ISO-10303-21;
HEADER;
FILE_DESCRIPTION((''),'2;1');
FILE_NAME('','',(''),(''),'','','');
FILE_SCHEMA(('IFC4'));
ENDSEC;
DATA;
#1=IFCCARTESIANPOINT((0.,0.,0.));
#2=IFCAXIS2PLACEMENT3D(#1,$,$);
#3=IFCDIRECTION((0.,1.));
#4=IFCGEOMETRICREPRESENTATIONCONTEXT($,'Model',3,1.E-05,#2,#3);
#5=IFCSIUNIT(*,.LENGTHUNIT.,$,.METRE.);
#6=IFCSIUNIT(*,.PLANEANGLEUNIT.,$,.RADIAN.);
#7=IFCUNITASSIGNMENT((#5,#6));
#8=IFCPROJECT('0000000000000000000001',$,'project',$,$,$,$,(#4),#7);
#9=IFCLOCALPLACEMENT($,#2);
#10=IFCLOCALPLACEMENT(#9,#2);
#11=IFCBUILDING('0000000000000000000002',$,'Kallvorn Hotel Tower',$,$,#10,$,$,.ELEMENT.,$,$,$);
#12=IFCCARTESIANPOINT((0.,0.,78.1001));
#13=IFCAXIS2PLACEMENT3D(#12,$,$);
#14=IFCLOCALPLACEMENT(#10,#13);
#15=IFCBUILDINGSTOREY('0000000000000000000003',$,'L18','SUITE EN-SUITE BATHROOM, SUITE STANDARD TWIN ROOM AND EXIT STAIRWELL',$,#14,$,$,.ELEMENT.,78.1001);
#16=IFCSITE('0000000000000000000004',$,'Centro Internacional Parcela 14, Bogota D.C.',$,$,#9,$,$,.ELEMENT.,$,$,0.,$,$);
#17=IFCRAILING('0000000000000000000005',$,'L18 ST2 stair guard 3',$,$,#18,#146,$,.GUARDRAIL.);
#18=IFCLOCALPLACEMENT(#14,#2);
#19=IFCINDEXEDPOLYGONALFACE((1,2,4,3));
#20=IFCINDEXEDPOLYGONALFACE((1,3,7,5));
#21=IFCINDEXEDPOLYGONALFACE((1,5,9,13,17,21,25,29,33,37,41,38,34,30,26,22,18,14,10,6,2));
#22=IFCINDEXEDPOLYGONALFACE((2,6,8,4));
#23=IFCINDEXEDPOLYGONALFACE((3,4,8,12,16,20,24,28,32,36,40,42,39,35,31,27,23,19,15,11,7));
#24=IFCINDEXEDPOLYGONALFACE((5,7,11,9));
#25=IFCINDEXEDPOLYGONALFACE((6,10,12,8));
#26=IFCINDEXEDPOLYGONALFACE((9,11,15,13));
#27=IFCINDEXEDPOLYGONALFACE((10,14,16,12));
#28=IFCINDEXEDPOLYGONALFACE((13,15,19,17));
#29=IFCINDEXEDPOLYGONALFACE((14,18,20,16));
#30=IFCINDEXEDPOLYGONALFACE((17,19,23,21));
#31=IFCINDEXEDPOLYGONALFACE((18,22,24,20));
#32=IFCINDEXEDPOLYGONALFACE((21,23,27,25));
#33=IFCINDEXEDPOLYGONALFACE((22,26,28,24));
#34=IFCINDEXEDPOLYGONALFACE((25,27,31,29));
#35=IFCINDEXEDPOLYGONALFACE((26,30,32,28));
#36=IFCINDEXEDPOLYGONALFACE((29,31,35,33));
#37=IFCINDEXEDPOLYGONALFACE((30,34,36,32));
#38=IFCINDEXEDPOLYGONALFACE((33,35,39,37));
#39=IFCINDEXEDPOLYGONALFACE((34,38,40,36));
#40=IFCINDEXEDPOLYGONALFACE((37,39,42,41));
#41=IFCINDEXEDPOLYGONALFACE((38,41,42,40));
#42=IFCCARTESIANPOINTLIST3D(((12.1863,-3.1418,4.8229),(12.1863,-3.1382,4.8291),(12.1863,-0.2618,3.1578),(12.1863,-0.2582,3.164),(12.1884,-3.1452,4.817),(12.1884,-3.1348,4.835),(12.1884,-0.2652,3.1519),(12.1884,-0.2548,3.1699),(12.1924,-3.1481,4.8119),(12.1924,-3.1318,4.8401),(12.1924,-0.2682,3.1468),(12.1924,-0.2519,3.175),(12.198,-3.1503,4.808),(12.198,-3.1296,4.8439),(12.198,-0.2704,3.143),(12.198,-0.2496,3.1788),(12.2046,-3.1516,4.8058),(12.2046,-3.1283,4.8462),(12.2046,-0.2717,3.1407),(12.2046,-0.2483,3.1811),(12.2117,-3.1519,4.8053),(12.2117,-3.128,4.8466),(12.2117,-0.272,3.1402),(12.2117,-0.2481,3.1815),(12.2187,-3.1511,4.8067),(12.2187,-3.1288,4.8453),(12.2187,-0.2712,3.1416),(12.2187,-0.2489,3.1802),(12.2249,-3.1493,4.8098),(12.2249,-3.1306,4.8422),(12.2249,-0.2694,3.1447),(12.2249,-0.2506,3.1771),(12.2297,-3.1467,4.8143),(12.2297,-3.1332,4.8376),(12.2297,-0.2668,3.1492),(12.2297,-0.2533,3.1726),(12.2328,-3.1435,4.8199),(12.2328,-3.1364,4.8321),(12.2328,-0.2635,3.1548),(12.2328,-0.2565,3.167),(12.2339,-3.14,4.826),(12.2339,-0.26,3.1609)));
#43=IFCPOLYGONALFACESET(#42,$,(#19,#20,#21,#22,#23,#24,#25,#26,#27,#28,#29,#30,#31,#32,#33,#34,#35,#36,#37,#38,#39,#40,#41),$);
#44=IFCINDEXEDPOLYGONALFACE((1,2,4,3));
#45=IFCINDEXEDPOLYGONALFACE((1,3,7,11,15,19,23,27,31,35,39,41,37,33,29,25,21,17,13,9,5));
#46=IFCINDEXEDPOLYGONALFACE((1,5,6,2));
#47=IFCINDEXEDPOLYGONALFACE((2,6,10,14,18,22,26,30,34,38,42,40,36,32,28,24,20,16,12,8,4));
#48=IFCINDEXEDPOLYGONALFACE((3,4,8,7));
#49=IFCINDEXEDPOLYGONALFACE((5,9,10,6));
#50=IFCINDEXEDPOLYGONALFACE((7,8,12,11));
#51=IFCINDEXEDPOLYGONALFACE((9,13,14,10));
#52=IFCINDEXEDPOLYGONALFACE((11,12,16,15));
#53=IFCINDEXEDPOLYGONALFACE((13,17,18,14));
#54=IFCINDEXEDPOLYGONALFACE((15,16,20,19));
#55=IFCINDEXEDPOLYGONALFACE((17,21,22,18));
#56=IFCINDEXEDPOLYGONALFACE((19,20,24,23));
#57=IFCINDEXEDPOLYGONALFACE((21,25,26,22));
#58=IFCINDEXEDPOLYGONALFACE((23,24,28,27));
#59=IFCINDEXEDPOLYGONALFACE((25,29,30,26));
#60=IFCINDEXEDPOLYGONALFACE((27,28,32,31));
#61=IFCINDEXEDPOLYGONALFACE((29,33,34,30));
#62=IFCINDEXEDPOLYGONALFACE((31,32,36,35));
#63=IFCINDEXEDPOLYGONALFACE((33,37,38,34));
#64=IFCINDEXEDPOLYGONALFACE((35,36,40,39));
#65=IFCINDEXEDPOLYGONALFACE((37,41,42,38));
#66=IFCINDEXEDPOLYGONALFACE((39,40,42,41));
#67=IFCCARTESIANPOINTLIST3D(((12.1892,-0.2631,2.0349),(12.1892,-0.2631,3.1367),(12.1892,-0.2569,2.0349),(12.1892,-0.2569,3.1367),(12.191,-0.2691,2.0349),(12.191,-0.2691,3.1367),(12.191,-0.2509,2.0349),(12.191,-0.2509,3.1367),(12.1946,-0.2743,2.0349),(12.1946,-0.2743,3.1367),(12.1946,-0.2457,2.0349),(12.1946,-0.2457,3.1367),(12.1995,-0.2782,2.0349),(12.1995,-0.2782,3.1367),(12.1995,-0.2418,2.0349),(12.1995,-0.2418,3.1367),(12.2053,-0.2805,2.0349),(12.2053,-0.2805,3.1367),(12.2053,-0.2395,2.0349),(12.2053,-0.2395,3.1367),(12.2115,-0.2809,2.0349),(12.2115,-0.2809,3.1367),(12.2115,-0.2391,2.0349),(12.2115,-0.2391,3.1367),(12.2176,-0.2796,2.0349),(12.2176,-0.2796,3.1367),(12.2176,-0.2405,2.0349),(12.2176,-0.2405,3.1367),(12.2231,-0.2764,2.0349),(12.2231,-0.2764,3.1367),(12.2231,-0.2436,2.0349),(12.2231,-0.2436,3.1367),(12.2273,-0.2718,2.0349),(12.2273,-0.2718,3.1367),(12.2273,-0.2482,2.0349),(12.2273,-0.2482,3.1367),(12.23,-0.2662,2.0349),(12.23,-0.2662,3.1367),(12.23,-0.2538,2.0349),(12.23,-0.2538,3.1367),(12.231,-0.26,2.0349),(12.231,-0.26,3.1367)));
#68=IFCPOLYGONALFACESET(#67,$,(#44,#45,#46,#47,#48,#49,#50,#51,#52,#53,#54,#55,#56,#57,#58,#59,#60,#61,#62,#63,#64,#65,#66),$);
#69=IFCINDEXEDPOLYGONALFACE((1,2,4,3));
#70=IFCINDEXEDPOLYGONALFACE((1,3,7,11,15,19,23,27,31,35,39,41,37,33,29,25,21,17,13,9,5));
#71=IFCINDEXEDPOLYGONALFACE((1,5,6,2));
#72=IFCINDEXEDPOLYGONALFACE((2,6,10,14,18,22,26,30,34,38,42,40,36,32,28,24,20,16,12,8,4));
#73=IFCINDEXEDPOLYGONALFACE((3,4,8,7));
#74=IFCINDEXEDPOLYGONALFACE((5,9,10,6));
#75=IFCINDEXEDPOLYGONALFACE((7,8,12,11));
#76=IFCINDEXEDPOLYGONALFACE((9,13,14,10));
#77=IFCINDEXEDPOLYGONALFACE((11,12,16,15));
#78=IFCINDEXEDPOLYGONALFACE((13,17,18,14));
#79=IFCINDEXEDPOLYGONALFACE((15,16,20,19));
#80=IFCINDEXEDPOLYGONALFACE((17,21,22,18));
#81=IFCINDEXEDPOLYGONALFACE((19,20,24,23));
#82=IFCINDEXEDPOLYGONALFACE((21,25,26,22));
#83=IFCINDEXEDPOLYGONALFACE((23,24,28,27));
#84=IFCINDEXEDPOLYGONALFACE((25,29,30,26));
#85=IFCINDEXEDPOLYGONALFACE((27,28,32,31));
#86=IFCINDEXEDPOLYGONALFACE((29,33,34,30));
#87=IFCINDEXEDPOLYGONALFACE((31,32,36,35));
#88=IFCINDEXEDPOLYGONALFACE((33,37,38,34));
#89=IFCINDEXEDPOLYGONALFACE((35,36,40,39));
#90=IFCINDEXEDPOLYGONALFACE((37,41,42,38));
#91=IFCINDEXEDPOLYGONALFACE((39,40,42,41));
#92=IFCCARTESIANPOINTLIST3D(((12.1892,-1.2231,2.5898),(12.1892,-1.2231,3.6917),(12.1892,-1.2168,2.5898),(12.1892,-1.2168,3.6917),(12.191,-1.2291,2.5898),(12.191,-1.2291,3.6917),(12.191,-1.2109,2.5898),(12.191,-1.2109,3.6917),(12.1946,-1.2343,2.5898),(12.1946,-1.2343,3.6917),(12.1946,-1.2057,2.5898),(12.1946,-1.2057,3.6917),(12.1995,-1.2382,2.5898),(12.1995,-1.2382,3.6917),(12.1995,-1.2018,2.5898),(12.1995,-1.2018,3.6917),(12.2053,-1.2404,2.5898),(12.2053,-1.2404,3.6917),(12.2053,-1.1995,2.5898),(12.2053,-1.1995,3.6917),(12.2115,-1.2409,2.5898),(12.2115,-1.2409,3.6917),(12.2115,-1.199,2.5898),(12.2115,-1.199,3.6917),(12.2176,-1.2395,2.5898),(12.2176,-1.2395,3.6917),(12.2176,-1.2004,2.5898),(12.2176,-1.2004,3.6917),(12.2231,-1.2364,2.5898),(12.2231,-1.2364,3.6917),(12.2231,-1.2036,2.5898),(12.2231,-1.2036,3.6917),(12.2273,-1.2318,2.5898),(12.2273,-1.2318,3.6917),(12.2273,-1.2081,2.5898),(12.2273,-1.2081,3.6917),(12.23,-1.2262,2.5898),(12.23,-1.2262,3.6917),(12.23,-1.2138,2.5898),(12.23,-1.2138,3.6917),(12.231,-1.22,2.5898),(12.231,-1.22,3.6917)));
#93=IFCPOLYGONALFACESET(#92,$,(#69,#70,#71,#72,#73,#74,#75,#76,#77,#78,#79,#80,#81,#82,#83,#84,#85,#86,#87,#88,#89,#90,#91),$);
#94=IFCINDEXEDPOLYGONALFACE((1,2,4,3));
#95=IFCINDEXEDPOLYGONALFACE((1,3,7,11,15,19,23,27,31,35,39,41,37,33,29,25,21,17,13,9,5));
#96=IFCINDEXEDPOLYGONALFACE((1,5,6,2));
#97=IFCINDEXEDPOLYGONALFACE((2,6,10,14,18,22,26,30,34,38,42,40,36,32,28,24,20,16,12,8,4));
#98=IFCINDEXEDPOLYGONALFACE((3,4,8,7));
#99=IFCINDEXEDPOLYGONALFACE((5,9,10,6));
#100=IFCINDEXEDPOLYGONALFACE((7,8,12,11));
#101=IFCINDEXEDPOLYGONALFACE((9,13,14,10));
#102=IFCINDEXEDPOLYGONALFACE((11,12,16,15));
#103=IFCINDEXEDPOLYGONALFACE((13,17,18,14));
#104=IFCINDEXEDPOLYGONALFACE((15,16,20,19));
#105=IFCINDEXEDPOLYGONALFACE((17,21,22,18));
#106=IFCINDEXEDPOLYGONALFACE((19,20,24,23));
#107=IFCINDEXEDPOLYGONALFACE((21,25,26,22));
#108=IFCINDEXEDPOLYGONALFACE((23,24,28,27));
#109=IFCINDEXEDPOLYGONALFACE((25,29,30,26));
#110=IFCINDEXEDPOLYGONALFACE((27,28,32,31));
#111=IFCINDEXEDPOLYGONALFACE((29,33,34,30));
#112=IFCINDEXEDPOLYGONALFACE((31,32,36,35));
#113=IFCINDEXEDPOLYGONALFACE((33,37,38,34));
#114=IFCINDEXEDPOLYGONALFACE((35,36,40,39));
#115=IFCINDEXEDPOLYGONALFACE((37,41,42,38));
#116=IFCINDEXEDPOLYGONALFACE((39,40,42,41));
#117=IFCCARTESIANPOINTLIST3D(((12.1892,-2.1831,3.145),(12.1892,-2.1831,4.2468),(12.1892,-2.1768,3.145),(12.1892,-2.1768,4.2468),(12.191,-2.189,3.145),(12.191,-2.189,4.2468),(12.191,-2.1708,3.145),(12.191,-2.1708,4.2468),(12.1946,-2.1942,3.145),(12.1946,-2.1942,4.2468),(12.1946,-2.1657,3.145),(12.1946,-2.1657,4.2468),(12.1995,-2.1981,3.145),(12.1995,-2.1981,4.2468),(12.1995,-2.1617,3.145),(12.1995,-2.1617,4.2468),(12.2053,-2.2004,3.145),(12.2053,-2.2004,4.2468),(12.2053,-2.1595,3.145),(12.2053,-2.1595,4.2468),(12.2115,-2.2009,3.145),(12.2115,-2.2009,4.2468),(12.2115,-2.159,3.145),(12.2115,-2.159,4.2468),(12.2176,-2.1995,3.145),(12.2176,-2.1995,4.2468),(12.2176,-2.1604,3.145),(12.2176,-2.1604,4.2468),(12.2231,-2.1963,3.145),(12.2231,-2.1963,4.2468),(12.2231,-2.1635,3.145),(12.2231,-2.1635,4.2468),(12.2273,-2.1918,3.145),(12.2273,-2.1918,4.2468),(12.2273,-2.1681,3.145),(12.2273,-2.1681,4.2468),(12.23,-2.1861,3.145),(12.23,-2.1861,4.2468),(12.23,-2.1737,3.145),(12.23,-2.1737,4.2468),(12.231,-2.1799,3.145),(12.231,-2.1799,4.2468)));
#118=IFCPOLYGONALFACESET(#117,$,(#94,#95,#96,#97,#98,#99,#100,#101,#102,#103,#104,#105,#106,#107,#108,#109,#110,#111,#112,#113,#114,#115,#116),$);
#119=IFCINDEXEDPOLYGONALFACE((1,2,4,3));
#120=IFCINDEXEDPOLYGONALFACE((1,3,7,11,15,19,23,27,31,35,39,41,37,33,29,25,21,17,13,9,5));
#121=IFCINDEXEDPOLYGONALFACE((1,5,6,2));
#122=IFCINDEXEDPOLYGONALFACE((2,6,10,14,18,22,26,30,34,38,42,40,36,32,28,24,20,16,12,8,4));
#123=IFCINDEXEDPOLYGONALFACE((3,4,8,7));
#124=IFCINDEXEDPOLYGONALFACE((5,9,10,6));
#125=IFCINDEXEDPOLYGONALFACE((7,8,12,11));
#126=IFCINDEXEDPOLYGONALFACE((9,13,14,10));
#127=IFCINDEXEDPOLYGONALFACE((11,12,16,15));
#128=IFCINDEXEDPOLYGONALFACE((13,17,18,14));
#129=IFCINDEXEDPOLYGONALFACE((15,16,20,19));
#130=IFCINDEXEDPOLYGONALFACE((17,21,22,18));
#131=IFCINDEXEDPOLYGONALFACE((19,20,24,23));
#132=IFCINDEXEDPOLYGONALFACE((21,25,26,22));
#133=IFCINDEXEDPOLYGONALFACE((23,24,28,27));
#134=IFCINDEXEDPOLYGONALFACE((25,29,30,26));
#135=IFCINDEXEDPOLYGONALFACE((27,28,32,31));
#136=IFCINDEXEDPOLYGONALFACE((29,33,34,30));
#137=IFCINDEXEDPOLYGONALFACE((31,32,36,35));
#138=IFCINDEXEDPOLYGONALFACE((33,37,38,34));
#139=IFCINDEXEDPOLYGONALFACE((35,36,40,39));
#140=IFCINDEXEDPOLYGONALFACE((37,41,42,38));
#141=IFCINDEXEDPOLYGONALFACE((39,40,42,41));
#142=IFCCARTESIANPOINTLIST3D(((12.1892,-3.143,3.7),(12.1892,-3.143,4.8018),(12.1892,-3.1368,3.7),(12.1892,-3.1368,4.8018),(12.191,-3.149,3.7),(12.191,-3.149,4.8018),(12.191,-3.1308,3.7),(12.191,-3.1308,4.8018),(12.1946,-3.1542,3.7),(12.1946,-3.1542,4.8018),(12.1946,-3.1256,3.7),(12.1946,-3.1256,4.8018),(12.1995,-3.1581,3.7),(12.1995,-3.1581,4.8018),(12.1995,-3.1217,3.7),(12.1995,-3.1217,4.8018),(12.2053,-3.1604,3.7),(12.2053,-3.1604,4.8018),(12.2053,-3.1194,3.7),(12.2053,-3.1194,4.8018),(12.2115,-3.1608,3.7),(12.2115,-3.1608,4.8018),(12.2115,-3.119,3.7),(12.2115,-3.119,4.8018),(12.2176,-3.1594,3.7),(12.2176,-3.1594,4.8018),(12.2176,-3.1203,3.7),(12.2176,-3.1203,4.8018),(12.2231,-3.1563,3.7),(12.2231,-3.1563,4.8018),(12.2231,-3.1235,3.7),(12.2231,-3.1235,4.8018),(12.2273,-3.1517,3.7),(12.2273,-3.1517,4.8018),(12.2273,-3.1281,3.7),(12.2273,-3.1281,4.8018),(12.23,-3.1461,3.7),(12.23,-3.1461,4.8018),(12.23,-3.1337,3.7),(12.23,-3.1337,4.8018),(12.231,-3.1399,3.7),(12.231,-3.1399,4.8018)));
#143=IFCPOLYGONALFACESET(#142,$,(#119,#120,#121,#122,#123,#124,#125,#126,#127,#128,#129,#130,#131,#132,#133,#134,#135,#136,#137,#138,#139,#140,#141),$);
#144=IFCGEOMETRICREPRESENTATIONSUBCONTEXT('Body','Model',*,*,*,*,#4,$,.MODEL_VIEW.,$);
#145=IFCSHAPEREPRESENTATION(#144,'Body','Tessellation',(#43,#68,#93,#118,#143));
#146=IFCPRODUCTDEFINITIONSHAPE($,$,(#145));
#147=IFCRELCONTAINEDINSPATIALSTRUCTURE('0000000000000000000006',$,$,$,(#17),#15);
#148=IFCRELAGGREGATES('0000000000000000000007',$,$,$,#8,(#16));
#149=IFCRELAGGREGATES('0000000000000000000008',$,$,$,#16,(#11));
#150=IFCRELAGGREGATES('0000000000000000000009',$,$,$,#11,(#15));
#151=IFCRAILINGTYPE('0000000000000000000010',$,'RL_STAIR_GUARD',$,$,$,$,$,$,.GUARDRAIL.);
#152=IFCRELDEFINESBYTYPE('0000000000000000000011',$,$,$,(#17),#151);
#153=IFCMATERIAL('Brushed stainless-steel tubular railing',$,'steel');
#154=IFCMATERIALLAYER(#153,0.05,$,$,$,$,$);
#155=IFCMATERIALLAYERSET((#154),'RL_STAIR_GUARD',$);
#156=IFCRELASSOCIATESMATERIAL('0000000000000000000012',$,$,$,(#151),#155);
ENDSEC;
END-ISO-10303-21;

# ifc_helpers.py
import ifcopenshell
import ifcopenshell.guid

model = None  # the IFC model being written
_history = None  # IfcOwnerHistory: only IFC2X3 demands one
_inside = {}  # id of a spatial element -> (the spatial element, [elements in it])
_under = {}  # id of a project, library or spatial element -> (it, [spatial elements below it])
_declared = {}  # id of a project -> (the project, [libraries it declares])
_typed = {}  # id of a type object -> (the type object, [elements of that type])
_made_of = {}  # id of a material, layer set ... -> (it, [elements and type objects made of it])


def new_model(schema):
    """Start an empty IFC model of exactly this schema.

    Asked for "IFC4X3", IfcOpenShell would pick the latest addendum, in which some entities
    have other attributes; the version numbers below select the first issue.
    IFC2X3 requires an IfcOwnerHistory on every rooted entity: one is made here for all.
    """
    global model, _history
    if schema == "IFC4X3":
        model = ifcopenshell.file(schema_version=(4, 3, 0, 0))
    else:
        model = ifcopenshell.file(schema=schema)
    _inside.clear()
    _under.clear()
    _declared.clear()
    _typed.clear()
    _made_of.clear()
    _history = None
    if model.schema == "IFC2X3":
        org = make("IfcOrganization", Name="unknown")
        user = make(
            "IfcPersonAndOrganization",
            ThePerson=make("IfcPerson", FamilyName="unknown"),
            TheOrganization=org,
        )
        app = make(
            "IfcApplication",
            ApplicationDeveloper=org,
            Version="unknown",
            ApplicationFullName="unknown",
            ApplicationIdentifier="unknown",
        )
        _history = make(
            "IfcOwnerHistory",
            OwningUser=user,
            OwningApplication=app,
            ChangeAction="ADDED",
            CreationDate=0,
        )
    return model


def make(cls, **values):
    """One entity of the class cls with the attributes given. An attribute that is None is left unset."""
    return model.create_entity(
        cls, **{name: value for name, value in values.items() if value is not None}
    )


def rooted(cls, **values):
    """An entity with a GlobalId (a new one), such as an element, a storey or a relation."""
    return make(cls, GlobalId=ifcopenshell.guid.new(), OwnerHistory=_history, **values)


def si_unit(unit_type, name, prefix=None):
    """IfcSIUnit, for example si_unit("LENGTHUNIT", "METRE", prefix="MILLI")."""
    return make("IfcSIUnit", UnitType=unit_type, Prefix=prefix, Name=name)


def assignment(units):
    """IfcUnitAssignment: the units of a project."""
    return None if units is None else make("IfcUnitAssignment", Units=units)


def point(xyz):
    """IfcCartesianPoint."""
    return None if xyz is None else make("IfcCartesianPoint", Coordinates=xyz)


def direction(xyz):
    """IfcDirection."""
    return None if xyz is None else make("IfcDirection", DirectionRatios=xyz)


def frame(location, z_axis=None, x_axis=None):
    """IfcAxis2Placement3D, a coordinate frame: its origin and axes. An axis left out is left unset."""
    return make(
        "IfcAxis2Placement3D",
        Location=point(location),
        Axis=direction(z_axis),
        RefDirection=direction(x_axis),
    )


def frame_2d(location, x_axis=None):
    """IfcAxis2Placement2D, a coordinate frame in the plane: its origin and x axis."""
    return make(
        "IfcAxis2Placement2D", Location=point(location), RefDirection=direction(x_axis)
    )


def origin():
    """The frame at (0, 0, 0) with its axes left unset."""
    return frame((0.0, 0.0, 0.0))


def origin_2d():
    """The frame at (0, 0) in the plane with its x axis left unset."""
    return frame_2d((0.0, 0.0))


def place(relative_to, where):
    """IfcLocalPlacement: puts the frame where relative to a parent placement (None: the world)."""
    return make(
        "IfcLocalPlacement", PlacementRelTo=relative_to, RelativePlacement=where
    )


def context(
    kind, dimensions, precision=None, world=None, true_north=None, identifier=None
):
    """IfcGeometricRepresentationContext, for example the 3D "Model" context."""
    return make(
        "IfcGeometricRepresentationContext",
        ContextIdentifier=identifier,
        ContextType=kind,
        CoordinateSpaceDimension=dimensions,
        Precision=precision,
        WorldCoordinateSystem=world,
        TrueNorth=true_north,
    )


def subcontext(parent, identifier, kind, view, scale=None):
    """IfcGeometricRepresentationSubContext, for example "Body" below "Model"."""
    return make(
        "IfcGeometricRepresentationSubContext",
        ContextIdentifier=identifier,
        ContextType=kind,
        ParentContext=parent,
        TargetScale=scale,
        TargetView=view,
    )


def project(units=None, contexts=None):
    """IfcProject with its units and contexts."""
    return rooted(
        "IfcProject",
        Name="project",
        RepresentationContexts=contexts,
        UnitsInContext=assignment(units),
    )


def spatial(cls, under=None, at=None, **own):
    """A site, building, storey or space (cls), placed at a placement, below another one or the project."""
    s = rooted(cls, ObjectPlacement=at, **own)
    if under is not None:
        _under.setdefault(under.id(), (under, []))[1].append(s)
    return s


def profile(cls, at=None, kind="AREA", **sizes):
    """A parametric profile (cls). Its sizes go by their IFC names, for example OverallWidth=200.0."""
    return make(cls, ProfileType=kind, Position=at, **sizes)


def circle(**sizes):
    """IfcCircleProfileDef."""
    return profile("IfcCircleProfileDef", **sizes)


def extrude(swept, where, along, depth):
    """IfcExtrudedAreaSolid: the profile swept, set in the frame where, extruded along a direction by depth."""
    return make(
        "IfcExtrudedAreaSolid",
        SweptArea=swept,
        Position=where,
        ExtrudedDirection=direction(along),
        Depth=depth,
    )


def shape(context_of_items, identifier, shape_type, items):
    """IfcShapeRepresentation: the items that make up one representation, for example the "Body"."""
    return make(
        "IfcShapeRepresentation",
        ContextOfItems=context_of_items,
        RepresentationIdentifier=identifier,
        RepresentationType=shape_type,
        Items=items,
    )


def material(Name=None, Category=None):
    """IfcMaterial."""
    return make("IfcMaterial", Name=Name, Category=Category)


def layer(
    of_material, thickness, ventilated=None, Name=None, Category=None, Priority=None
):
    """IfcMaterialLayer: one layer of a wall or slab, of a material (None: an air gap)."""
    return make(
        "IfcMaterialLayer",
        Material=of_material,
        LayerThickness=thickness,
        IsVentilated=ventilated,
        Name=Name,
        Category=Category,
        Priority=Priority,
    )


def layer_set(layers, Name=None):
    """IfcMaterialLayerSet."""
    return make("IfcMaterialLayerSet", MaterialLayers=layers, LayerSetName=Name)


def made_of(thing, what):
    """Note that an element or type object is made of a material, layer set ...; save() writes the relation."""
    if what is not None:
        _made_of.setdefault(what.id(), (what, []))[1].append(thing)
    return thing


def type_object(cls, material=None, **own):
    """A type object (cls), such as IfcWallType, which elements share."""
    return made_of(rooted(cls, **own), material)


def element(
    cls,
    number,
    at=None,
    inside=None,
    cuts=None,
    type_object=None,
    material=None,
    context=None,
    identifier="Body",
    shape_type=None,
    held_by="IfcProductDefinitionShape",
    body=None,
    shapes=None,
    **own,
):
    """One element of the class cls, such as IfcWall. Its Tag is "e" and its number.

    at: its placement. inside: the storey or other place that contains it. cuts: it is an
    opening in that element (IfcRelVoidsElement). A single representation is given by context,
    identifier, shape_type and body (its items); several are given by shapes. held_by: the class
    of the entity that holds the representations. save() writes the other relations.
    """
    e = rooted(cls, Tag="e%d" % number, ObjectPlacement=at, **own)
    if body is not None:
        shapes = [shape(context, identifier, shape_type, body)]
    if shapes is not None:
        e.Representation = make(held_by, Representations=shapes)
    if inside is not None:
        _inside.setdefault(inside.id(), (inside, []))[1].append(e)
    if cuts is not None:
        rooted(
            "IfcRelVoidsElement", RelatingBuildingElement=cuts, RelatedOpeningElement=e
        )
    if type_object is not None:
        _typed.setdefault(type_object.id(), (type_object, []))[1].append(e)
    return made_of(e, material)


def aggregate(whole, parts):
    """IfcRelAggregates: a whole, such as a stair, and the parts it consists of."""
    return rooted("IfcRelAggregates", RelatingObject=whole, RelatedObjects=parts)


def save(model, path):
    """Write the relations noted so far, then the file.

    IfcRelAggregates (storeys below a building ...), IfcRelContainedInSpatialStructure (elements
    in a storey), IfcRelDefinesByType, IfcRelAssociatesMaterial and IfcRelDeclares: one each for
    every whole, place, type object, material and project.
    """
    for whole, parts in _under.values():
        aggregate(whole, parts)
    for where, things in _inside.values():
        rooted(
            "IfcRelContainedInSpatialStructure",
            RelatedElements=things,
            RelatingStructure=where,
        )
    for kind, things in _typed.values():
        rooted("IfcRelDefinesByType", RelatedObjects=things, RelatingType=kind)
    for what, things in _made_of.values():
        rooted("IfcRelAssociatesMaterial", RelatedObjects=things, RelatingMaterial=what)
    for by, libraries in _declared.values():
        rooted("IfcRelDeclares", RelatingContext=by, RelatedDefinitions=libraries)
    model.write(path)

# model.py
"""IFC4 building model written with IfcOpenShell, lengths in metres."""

from ifc_helpers import new_model, si_unit, direction, frame, origin, origin_2d, place, context, subcontext, project, spatial, circle, extrude, material, layer, layer_set, type_object, element, save


model = new_model("IFC4")

# Units and contexts
model_context = context("Model", 3, precision=1e-05, world=origin(), true_north=direction((0.0, 1.0)))
body_context = subcontext(model_context, "Body", "Model", "MODEL_VIEW")
ifc_project = project(units=[si_unit("LENGTHUNIT", "METRE"), si_unit("PLANEANGLEUNIT", "RADIAN")], contexts=[model_context])

# Site, building, storey
site_placement = place(None, origin())
site = spatial("IfcSite", under=ifc_project, at=site_placement, Name="Centro Internacional Parcela 14, Bogota D.C.", CompositionType="ELEMENT", RefElevation=0.0)
building_placement = place(site_placement, origin())
building = spatial("IfcBuilding", under=site, at=building_placement, Name="Kallvorn Hotel Tower", CompositionType="ELEMENT")
storey_placement = place(building_placement, frame((0.0, 0.0, 78.1001)))
storey = spatial("IfcBuildingStorey", under=building, at=storey_placement, Name="L18", Description="SUITE EN-SUITE BATHROOM, SUITE STANDARD TWIN ROOM AND EXIT STAIRWELL", CompositionType="ELEMENT", Elevation=78.1001)

# Railing
ifc_material_1 = material(Name="Brushed stainless-steel tubular railing", Category="steel")
ifc_layer_1 = layer(ifc_material_1, 0.05)
ifc_layer_set_1 = layer_set([ifc_layer_1], Name="RL_STAIR_GUARD")
railing_type_1 = type_object("IfcRailingType", Name="RL_STAIR_GUARD", PredefinedType="GUARDRAIL", material=ifc_layer_set_1)
railing_1_placement = place(storey_placement, frame((12.21, -0.26, 2.0349)))
element("IfcRailing", 1, at=railing_1_placement, inside=storey, type_object=railing_type_1, Name="L18 ST2 stair guard 3", PredefinedType="GUARDRAIL", context=body_context, shape_type="SweptSolid", body=[
    extrude(circle(Radius=0.0239, at=origin_2d()), frame((0.0, 0.0, 1.126), z_axis=(0.0, -0.865721, 0.500527), x_axis=(1.0, 0.0, 0.0)), (0.0, 0.0, 1.0), 3.3267),
    extrude(circle(Radius=0.021, at=origin_2d()), origin(), (0.0, 0.0, 1.0), 1.1018),
    extrude(circle(Radius=0.021, at=origin_2d()), frame((0.0, -0.96, 0.5549)), (0.0, 0.0, 1.0), 1.1018),
    extrude(circle(Radius=0.021, at=origin_2d()), frame((0.0, -1.9199, 1.1101)), (0.0, 0.0, 1.0), 1.1018),
    extrude(circle(Radius=0.021, at=origin_2d()), frame((0.0, -2.8799, 1.665)), (0.0, 0.0, 1.0), 1.1018),
])

save(model, "model.ifc")
